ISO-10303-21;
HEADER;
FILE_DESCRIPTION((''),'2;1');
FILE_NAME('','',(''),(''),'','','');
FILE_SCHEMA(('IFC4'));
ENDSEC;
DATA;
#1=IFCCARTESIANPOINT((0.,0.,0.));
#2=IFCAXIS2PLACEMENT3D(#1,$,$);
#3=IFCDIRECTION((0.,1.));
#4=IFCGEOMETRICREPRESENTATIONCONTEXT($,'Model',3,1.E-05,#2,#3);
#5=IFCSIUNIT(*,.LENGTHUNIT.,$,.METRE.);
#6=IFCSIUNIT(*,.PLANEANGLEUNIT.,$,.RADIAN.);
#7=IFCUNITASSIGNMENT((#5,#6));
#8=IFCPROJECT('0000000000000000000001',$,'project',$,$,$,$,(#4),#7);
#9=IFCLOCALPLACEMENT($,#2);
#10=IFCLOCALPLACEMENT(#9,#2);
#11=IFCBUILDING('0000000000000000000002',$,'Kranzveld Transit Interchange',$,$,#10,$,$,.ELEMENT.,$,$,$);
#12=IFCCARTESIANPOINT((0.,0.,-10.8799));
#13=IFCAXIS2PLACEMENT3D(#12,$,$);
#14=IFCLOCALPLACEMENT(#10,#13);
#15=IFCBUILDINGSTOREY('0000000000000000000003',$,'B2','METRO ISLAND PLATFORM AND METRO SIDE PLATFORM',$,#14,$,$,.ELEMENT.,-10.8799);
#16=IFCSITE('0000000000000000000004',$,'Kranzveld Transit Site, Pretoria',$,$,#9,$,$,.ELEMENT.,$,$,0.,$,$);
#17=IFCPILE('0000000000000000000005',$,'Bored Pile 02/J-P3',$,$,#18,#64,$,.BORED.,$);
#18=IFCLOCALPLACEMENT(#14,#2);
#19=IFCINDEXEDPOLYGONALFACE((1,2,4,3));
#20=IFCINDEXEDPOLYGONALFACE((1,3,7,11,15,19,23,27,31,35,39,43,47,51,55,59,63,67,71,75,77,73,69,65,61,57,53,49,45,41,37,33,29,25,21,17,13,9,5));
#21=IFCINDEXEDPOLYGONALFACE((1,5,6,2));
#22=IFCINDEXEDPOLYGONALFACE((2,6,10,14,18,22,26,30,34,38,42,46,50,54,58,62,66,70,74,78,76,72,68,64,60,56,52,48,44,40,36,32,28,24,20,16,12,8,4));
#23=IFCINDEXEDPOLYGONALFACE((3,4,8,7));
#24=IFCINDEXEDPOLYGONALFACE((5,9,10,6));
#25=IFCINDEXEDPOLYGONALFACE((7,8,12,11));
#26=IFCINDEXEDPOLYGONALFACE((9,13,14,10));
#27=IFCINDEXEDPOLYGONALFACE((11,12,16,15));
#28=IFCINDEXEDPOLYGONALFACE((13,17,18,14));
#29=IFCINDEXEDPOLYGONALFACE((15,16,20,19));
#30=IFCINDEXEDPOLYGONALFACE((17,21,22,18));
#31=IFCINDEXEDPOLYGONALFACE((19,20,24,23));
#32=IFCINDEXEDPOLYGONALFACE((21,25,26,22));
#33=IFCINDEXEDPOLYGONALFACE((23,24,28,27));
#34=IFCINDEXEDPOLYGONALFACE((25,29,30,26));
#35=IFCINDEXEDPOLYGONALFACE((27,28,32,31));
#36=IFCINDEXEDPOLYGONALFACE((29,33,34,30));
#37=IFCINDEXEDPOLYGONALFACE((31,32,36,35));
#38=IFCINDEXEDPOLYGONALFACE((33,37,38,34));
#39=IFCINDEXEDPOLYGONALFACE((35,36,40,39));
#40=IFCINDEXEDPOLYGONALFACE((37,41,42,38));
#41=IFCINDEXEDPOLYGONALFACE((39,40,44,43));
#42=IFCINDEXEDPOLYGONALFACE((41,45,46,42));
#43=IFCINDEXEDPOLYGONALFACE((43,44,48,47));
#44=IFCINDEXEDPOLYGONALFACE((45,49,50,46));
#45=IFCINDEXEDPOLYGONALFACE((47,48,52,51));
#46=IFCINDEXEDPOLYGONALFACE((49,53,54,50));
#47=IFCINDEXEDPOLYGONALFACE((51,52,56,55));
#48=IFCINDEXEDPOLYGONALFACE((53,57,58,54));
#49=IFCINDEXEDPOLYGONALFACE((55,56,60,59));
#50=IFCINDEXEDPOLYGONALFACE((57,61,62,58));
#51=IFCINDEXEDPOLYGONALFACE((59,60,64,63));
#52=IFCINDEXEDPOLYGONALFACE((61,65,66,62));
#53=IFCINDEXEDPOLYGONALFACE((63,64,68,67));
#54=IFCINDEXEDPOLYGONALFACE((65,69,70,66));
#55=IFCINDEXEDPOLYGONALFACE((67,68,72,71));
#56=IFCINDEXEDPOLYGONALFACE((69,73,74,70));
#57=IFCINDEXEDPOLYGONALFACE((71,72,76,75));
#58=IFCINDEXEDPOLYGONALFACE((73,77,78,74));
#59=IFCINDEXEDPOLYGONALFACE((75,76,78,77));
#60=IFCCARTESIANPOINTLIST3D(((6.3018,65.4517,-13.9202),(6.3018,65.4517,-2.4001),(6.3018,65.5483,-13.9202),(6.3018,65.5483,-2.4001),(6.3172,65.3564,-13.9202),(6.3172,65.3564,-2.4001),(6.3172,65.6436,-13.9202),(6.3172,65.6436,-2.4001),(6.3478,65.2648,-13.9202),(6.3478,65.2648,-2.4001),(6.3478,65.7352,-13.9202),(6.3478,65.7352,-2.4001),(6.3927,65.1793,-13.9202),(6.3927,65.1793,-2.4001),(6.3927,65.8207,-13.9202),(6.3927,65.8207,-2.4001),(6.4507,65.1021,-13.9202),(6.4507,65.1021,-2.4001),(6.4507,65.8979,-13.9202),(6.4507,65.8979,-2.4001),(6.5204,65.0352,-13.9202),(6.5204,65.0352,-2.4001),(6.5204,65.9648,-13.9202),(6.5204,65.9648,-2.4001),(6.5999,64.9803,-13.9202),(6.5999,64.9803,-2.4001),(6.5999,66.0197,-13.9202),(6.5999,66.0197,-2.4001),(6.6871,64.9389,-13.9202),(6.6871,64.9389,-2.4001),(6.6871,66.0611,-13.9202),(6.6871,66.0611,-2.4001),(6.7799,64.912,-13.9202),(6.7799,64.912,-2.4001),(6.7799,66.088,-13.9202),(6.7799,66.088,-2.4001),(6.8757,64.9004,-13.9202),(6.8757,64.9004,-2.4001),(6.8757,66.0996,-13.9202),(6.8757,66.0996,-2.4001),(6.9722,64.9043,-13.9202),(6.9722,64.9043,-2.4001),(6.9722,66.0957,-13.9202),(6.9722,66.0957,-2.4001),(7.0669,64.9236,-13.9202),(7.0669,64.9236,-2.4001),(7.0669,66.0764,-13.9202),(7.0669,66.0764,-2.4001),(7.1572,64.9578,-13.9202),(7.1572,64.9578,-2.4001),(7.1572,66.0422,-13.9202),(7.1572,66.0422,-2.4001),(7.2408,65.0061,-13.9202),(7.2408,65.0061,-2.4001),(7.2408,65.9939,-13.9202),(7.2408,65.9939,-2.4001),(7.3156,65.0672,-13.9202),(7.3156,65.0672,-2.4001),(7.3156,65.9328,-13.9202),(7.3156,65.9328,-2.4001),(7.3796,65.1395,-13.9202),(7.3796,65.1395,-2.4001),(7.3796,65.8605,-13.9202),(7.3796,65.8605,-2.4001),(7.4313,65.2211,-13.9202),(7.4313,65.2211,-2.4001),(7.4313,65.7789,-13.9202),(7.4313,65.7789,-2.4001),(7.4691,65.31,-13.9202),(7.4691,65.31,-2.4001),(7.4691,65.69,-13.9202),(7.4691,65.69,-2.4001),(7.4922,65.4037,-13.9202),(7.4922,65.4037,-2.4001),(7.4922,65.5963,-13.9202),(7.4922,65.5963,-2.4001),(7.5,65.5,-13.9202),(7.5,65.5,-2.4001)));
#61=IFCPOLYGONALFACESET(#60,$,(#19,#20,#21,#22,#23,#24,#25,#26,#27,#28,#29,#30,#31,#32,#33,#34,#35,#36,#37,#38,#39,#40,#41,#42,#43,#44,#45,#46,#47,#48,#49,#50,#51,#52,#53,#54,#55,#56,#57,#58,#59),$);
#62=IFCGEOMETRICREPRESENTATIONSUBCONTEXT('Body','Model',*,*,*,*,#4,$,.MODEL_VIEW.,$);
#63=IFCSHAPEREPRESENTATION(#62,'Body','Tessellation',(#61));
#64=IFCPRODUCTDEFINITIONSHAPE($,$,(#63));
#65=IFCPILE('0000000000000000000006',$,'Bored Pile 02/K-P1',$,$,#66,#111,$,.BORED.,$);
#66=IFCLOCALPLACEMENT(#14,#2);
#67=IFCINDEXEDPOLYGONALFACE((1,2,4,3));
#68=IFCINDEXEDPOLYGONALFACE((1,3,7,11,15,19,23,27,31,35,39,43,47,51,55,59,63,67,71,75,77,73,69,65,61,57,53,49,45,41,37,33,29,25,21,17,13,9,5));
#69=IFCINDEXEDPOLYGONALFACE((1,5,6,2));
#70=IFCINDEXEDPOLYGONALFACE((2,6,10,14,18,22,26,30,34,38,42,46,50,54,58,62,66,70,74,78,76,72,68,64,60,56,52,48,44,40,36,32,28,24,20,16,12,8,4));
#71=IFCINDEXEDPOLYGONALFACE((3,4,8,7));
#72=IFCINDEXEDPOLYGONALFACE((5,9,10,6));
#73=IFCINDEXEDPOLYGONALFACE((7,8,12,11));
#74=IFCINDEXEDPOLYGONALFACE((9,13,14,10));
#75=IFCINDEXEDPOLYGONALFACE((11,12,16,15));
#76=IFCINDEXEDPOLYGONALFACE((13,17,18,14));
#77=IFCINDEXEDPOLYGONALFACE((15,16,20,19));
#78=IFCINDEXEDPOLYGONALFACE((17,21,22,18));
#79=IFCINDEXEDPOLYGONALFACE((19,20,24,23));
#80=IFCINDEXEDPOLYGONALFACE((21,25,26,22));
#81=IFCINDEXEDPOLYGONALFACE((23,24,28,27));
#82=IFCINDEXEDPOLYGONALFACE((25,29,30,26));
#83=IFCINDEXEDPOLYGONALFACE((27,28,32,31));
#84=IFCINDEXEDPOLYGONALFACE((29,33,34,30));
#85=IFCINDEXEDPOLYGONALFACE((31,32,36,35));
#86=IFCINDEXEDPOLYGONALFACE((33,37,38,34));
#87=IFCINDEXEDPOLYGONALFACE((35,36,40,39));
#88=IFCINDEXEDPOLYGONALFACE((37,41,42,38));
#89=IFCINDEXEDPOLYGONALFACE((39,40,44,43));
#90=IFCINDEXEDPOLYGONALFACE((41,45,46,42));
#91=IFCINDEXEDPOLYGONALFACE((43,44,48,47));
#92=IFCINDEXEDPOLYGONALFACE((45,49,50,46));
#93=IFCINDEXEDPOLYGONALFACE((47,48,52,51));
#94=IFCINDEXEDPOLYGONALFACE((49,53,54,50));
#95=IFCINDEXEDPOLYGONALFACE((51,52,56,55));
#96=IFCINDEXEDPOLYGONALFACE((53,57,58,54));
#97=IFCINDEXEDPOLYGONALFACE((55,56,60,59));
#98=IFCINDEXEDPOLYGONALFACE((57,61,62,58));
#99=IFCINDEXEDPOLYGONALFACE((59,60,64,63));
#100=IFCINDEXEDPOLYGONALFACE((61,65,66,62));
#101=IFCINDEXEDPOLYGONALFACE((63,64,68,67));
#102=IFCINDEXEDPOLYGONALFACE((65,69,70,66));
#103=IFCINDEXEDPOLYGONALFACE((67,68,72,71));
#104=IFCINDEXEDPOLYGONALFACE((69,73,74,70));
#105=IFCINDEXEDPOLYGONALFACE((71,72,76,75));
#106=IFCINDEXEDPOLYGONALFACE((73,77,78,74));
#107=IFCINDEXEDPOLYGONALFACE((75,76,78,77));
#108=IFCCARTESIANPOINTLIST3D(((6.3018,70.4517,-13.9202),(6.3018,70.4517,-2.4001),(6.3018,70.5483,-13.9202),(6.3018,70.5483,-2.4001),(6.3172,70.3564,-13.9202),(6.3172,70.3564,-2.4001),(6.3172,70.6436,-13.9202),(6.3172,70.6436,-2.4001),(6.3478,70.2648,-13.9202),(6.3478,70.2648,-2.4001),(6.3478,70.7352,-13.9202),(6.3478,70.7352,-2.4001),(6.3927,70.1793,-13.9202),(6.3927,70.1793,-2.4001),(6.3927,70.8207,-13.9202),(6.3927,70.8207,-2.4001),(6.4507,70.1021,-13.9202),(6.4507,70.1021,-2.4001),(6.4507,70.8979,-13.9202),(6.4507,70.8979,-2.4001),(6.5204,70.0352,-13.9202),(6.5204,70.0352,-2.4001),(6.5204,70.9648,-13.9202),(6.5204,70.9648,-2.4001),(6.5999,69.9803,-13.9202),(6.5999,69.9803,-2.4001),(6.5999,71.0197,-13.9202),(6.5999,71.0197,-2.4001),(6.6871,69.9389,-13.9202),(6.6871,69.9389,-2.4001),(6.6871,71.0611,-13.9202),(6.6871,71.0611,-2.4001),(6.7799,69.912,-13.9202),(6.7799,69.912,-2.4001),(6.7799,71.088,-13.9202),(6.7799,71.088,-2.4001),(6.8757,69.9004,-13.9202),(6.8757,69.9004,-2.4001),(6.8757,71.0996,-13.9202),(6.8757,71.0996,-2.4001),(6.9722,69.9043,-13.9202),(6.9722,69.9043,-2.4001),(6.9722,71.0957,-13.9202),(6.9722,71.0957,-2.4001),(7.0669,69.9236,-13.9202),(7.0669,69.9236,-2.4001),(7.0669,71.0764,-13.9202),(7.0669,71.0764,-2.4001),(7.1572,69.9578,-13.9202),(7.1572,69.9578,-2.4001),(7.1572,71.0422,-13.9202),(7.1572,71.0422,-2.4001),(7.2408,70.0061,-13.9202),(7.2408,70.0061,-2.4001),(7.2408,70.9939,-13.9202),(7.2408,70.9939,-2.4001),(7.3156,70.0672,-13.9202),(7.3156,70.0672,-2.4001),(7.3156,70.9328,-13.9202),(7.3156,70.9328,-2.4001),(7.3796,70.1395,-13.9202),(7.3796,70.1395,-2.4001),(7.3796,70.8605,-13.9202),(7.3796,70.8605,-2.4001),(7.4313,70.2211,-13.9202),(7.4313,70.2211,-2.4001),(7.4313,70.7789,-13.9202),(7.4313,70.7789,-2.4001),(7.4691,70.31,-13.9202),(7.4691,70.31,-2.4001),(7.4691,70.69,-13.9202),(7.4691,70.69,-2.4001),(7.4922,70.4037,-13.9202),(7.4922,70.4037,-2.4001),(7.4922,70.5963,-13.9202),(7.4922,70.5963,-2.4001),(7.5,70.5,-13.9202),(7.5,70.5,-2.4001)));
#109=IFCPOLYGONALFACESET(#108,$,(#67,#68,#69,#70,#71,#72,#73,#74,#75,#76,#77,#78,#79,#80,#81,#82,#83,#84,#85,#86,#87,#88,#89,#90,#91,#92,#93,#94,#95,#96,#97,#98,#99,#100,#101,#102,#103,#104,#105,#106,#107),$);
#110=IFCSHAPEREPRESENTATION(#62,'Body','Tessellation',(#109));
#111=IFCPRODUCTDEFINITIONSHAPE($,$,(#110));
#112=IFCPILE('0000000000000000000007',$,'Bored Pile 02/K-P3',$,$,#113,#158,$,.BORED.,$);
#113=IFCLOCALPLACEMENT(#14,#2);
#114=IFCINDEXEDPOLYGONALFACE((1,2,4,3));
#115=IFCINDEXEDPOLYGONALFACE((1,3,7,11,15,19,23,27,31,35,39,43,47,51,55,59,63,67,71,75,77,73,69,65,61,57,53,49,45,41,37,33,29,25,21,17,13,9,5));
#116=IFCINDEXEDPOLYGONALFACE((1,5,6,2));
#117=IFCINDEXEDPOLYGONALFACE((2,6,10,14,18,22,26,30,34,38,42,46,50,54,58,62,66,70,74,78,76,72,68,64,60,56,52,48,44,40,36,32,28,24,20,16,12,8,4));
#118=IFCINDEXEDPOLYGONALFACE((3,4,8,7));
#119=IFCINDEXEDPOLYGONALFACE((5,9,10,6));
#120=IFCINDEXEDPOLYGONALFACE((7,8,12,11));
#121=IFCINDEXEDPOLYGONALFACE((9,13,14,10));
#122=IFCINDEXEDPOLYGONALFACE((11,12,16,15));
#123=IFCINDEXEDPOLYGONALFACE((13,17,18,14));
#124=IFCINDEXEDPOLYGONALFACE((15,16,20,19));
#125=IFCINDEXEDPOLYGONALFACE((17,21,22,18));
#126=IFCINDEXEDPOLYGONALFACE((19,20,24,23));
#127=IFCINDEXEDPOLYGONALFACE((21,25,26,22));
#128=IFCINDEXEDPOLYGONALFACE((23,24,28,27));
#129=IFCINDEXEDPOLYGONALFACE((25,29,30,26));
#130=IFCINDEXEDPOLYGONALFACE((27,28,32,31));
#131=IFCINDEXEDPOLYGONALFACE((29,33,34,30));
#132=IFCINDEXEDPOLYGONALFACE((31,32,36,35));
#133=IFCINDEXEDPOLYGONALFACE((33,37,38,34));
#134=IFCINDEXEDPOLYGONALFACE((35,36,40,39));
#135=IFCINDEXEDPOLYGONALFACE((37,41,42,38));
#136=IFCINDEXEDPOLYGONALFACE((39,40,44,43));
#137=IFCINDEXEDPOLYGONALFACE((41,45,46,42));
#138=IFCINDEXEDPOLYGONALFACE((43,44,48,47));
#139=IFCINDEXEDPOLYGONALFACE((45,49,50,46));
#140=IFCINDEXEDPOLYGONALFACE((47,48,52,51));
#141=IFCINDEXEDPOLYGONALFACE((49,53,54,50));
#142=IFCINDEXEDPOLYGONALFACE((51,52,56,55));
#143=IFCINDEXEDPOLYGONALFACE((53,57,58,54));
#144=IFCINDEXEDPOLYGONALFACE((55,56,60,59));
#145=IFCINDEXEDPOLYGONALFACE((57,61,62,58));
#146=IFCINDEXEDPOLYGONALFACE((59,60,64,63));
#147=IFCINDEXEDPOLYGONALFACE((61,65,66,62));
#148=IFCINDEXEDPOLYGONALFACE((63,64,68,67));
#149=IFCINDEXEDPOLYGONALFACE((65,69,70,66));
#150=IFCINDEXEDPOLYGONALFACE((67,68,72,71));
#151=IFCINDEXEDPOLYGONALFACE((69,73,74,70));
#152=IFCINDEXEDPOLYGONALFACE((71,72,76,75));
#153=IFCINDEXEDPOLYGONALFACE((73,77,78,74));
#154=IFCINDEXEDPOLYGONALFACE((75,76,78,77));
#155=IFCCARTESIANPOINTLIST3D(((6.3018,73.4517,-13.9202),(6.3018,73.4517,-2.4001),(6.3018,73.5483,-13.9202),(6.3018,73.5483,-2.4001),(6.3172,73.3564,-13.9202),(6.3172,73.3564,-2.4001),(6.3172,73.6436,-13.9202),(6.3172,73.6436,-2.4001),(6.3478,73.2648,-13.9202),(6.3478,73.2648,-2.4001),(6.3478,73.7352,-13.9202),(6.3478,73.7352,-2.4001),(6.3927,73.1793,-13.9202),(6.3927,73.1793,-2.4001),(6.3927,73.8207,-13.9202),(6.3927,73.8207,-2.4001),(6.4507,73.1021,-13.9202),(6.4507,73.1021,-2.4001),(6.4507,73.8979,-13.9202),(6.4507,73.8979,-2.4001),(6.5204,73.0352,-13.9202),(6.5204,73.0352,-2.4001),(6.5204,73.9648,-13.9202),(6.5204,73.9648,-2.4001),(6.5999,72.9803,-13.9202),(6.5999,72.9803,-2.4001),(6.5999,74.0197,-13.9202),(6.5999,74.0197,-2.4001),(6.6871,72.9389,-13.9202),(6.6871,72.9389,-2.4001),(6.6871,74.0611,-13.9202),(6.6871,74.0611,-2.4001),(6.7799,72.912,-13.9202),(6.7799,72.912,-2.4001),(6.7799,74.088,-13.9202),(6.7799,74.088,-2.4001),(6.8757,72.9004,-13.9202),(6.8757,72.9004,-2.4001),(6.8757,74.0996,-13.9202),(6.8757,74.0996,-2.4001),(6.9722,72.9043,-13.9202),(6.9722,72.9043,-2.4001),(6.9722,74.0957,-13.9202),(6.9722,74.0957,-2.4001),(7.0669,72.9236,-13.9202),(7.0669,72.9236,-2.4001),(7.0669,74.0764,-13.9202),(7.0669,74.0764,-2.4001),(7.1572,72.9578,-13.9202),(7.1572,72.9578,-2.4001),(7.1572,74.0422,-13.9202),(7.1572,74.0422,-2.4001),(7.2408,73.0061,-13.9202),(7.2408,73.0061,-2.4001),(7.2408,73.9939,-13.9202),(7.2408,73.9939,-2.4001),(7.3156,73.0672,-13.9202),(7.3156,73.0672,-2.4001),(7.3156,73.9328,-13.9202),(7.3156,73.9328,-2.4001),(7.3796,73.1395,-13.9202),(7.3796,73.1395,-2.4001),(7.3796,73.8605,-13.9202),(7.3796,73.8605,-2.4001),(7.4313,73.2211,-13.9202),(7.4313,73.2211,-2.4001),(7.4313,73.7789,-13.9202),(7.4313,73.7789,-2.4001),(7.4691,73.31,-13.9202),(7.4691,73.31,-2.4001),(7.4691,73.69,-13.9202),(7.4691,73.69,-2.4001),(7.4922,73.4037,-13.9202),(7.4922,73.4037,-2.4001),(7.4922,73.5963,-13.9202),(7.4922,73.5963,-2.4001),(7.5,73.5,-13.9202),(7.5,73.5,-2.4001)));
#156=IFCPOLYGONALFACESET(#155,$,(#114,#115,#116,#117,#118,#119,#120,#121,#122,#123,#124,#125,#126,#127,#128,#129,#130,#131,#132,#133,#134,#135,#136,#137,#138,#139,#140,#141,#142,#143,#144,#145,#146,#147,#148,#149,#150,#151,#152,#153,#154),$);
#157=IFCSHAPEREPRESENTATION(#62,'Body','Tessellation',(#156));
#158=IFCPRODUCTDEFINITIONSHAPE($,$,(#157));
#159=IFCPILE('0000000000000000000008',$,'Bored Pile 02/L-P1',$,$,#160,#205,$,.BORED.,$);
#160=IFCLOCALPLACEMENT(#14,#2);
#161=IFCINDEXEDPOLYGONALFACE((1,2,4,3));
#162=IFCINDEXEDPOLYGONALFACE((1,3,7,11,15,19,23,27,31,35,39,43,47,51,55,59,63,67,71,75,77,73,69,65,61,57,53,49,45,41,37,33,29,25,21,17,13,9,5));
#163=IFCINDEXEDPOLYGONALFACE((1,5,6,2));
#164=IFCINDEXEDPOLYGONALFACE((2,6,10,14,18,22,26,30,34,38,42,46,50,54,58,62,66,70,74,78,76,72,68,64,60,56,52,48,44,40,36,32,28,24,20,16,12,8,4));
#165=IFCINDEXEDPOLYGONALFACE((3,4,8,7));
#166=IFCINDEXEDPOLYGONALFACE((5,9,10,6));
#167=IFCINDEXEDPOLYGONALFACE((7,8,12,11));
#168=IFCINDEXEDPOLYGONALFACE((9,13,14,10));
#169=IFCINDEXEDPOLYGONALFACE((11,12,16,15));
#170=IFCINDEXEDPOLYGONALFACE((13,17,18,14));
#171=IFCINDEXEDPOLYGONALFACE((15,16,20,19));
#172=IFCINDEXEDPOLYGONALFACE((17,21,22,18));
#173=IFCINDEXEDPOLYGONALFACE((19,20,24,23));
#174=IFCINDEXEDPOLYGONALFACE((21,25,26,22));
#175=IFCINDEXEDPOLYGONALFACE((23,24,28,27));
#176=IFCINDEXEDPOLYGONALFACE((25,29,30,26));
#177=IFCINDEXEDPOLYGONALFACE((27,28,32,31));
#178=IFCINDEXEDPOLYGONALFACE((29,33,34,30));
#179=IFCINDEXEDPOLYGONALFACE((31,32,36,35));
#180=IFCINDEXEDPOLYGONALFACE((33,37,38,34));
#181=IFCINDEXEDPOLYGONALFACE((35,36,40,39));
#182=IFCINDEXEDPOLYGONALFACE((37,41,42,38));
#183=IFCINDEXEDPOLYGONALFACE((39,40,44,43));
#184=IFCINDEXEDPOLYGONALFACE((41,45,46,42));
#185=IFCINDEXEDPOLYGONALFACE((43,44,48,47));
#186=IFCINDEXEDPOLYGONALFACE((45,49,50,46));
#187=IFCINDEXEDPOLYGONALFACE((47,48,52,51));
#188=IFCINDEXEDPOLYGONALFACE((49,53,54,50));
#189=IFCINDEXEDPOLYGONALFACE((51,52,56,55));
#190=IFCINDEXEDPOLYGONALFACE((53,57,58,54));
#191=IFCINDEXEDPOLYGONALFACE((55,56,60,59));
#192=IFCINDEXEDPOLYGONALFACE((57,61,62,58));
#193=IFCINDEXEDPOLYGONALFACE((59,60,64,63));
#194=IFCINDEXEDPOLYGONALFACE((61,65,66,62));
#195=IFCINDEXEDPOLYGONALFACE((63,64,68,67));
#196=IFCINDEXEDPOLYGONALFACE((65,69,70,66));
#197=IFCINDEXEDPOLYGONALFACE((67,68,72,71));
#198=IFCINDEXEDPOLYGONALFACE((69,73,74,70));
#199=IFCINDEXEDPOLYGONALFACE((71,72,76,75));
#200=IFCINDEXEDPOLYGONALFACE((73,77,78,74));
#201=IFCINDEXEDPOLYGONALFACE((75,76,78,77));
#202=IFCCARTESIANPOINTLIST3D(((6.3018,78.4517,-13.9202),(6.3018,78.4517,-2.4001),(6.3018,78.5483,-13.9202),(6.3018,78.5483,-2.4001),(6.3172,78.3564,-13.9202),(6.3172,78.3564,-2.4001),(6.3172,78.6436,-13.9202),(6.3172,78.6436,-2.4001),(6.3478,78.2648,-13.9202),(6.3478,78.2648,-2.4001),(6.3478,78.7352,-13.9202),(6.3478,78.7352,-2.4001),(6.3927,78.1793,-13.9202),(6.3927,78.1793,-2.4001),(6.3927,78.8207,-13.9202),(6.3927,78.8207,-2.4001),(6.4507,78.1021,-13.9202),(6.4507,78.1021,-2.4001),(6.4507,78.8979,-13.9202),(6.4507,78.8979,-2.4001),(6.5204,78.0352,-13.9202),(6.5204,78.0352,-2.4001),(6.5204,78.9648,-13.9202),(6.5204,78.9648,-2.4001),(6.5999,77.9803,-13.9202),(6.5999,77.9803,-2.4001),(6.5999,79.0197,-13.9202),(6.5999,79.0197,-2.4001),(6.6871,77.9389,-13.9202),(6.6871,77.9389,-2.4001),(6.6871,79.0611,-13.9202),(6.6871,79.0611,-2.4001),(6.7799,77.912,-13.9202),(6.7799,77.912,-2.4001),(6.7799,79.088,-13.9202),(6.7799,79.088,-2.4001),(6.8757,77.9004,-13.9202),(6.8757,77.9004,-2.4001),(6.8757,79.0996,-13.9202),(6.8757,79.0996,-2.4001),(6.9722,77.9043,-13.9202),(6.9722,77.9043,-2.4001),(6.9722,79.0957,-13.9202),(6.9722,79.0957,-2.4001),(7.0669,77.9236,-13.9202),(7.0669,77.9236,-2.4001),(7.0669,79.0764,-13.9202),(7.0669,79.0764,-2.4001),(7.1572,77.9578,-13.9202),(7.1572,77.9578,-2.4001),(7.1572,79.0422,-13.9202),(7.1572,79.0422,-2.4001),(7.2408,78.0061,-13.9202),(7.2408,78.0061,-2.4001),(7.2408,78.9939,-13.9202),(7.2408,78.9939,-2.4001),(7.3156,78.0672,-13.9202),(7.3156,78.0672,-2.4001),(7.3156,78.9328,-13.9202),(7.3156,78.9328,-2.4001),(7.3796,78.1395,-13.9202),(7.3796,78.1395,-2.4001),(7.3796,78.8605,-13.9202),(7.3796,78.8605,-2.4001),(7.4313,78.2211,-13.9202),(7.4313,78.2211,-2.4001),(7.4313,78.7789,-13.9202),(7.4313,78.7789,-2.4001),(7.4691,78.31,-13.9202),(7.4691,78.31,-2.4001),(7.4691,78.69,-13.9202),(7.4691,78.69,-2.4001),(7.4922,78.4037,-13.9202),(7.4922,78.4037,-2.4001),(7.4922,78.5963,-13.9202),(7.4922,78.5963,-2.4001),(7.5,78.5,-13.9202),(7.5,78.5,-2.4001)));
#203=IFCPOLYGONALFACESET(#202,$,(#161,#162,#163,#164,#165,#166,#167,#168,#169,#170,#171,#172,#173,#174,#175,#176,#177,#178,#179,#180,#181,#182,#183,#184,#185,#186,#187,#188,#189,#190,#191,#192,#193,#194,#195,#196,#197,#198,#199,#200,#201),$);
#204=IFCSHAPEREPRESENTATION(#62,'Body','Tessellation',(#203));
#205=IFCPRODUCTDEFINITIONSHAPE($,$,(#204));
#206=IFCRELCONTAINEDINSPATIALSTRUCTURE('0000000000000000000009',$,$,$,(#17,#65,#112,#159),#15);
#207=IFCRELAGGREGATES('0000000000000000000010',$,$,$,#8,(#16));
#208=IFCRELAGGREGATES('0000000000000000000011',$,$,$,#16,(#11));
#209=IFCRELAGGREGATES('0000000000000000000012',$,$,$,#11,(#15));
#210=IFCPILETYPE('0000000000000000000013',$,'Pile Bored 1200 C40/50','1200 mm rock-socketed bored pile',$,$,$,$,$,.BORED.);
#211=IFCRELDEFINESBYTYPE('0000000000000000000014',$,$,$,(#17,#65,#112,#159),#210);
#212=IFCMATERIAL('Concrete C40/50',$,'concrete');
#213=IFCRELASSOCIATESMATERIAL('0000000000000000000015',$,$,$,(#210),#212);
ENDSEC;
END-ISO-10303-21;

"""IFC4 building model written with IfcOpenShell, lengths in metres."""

from ifc_helpers import new_model, si_unit, direction, frame, origin, origin_2d, place, context, subcontext, project, spatial, circle, extrude, material, material_profile, profile_set, type_object, element, save


model = new_model("IFC4")

# Units and contexts
model_context = context("Model", 3, precision=1e-05, world=origin(), true_north=direction((0.0, 1.0)))
body_context = subcontext(model_context, "Body", "Model", "MODEL_VIEW")
ifc_project = project(units=[si_unit("LENGTHUNIT", "METRE"), si_unit("PLANEANGLEUNIT", "RADIAN")], contexts=[model_context])

# Site, building, storey
site_placement = place(None, origin())
site = spatial("IfcSite", under=ifc_project, at=site_placement, Name="Kranzveld Transit Site, Pretoria", CompositionType="ELEMENT", RefElevation=0.0)
building_placement = place(site_placement, origin())
building = spatial("IfcBuilding", under=site, at=building_placement, Name="Kranzveld Transit Interchange", CompositionType="ELEMENT")
storey_placement = place(building_placement, frame((0.0, 0.0, -10.8799)))
storey = spatial("IfcBuildingStorey", under=building, at=storey_placement, Name="B2", Description="METRO ISLAND PLATFORM AND METRO SIDE PLATFORM", CompositionType="ELEMENT", Elevation=-10.8799)

# Piles
ifc_material_1 = material(Name="Concrete C40/50", Category="concrete")
ifc_material_profile_1 = material_profile(ifc_material_1, circle(Radius=0.6001, at=origin_2d()), Name="BORED PILE 1200")
ifc_profile_set_1 = profile_set([ifc_material_profile_1], Name="Concrete C40/50")
pile_type = type_object("IfcPileType", Name="Pile Bored 1200 C40/50", Description="1200 mm rock-socketed bored pile", PredefinedType="BORED", material=ifc_profile_set_1)
for number, where, z_axis, x_axis, name in (
    (1, (6.8999, 65.5, -2.4001), (0.0, 0.0, -1.0), (1.0, 0.0, 0.0), "Bored Pile 02/J-P3"),
    (2, (6.8999, 70.5, -2.4001), (0.0, 0.0, -1.0), (1.0, 0.0, 0.0), "Bored Pile 02/K-P1"),
    (3, (6.8999, 73.5, -2.4001), (0.0, 0.0, -1.0), (1.0, 0.0, 0.0), "Bored Pile 02/K-P3"),
    (4, (6.8999, 78.5, -2.4001), (0.0, 0.0, -1.0), (1.0, 0.0, 0.0), "Bored Pile 02/L-P1"),
):
    element("IfcPile", number, at=place(storey_placement, frame(where, z_axis=z_axis, x_axis=x_axis)), inside=storey, type_object=pile_type, Name=name, PredefinedType="BORED", context=body_context, shape_type="SweptSolid", body=[
        extrude(circle(Radius=0.6001, at=origin_2d()), origin(), (0.0, 0.0, 1.0), 11.52),
    ])

save(model, "model.ifc")
